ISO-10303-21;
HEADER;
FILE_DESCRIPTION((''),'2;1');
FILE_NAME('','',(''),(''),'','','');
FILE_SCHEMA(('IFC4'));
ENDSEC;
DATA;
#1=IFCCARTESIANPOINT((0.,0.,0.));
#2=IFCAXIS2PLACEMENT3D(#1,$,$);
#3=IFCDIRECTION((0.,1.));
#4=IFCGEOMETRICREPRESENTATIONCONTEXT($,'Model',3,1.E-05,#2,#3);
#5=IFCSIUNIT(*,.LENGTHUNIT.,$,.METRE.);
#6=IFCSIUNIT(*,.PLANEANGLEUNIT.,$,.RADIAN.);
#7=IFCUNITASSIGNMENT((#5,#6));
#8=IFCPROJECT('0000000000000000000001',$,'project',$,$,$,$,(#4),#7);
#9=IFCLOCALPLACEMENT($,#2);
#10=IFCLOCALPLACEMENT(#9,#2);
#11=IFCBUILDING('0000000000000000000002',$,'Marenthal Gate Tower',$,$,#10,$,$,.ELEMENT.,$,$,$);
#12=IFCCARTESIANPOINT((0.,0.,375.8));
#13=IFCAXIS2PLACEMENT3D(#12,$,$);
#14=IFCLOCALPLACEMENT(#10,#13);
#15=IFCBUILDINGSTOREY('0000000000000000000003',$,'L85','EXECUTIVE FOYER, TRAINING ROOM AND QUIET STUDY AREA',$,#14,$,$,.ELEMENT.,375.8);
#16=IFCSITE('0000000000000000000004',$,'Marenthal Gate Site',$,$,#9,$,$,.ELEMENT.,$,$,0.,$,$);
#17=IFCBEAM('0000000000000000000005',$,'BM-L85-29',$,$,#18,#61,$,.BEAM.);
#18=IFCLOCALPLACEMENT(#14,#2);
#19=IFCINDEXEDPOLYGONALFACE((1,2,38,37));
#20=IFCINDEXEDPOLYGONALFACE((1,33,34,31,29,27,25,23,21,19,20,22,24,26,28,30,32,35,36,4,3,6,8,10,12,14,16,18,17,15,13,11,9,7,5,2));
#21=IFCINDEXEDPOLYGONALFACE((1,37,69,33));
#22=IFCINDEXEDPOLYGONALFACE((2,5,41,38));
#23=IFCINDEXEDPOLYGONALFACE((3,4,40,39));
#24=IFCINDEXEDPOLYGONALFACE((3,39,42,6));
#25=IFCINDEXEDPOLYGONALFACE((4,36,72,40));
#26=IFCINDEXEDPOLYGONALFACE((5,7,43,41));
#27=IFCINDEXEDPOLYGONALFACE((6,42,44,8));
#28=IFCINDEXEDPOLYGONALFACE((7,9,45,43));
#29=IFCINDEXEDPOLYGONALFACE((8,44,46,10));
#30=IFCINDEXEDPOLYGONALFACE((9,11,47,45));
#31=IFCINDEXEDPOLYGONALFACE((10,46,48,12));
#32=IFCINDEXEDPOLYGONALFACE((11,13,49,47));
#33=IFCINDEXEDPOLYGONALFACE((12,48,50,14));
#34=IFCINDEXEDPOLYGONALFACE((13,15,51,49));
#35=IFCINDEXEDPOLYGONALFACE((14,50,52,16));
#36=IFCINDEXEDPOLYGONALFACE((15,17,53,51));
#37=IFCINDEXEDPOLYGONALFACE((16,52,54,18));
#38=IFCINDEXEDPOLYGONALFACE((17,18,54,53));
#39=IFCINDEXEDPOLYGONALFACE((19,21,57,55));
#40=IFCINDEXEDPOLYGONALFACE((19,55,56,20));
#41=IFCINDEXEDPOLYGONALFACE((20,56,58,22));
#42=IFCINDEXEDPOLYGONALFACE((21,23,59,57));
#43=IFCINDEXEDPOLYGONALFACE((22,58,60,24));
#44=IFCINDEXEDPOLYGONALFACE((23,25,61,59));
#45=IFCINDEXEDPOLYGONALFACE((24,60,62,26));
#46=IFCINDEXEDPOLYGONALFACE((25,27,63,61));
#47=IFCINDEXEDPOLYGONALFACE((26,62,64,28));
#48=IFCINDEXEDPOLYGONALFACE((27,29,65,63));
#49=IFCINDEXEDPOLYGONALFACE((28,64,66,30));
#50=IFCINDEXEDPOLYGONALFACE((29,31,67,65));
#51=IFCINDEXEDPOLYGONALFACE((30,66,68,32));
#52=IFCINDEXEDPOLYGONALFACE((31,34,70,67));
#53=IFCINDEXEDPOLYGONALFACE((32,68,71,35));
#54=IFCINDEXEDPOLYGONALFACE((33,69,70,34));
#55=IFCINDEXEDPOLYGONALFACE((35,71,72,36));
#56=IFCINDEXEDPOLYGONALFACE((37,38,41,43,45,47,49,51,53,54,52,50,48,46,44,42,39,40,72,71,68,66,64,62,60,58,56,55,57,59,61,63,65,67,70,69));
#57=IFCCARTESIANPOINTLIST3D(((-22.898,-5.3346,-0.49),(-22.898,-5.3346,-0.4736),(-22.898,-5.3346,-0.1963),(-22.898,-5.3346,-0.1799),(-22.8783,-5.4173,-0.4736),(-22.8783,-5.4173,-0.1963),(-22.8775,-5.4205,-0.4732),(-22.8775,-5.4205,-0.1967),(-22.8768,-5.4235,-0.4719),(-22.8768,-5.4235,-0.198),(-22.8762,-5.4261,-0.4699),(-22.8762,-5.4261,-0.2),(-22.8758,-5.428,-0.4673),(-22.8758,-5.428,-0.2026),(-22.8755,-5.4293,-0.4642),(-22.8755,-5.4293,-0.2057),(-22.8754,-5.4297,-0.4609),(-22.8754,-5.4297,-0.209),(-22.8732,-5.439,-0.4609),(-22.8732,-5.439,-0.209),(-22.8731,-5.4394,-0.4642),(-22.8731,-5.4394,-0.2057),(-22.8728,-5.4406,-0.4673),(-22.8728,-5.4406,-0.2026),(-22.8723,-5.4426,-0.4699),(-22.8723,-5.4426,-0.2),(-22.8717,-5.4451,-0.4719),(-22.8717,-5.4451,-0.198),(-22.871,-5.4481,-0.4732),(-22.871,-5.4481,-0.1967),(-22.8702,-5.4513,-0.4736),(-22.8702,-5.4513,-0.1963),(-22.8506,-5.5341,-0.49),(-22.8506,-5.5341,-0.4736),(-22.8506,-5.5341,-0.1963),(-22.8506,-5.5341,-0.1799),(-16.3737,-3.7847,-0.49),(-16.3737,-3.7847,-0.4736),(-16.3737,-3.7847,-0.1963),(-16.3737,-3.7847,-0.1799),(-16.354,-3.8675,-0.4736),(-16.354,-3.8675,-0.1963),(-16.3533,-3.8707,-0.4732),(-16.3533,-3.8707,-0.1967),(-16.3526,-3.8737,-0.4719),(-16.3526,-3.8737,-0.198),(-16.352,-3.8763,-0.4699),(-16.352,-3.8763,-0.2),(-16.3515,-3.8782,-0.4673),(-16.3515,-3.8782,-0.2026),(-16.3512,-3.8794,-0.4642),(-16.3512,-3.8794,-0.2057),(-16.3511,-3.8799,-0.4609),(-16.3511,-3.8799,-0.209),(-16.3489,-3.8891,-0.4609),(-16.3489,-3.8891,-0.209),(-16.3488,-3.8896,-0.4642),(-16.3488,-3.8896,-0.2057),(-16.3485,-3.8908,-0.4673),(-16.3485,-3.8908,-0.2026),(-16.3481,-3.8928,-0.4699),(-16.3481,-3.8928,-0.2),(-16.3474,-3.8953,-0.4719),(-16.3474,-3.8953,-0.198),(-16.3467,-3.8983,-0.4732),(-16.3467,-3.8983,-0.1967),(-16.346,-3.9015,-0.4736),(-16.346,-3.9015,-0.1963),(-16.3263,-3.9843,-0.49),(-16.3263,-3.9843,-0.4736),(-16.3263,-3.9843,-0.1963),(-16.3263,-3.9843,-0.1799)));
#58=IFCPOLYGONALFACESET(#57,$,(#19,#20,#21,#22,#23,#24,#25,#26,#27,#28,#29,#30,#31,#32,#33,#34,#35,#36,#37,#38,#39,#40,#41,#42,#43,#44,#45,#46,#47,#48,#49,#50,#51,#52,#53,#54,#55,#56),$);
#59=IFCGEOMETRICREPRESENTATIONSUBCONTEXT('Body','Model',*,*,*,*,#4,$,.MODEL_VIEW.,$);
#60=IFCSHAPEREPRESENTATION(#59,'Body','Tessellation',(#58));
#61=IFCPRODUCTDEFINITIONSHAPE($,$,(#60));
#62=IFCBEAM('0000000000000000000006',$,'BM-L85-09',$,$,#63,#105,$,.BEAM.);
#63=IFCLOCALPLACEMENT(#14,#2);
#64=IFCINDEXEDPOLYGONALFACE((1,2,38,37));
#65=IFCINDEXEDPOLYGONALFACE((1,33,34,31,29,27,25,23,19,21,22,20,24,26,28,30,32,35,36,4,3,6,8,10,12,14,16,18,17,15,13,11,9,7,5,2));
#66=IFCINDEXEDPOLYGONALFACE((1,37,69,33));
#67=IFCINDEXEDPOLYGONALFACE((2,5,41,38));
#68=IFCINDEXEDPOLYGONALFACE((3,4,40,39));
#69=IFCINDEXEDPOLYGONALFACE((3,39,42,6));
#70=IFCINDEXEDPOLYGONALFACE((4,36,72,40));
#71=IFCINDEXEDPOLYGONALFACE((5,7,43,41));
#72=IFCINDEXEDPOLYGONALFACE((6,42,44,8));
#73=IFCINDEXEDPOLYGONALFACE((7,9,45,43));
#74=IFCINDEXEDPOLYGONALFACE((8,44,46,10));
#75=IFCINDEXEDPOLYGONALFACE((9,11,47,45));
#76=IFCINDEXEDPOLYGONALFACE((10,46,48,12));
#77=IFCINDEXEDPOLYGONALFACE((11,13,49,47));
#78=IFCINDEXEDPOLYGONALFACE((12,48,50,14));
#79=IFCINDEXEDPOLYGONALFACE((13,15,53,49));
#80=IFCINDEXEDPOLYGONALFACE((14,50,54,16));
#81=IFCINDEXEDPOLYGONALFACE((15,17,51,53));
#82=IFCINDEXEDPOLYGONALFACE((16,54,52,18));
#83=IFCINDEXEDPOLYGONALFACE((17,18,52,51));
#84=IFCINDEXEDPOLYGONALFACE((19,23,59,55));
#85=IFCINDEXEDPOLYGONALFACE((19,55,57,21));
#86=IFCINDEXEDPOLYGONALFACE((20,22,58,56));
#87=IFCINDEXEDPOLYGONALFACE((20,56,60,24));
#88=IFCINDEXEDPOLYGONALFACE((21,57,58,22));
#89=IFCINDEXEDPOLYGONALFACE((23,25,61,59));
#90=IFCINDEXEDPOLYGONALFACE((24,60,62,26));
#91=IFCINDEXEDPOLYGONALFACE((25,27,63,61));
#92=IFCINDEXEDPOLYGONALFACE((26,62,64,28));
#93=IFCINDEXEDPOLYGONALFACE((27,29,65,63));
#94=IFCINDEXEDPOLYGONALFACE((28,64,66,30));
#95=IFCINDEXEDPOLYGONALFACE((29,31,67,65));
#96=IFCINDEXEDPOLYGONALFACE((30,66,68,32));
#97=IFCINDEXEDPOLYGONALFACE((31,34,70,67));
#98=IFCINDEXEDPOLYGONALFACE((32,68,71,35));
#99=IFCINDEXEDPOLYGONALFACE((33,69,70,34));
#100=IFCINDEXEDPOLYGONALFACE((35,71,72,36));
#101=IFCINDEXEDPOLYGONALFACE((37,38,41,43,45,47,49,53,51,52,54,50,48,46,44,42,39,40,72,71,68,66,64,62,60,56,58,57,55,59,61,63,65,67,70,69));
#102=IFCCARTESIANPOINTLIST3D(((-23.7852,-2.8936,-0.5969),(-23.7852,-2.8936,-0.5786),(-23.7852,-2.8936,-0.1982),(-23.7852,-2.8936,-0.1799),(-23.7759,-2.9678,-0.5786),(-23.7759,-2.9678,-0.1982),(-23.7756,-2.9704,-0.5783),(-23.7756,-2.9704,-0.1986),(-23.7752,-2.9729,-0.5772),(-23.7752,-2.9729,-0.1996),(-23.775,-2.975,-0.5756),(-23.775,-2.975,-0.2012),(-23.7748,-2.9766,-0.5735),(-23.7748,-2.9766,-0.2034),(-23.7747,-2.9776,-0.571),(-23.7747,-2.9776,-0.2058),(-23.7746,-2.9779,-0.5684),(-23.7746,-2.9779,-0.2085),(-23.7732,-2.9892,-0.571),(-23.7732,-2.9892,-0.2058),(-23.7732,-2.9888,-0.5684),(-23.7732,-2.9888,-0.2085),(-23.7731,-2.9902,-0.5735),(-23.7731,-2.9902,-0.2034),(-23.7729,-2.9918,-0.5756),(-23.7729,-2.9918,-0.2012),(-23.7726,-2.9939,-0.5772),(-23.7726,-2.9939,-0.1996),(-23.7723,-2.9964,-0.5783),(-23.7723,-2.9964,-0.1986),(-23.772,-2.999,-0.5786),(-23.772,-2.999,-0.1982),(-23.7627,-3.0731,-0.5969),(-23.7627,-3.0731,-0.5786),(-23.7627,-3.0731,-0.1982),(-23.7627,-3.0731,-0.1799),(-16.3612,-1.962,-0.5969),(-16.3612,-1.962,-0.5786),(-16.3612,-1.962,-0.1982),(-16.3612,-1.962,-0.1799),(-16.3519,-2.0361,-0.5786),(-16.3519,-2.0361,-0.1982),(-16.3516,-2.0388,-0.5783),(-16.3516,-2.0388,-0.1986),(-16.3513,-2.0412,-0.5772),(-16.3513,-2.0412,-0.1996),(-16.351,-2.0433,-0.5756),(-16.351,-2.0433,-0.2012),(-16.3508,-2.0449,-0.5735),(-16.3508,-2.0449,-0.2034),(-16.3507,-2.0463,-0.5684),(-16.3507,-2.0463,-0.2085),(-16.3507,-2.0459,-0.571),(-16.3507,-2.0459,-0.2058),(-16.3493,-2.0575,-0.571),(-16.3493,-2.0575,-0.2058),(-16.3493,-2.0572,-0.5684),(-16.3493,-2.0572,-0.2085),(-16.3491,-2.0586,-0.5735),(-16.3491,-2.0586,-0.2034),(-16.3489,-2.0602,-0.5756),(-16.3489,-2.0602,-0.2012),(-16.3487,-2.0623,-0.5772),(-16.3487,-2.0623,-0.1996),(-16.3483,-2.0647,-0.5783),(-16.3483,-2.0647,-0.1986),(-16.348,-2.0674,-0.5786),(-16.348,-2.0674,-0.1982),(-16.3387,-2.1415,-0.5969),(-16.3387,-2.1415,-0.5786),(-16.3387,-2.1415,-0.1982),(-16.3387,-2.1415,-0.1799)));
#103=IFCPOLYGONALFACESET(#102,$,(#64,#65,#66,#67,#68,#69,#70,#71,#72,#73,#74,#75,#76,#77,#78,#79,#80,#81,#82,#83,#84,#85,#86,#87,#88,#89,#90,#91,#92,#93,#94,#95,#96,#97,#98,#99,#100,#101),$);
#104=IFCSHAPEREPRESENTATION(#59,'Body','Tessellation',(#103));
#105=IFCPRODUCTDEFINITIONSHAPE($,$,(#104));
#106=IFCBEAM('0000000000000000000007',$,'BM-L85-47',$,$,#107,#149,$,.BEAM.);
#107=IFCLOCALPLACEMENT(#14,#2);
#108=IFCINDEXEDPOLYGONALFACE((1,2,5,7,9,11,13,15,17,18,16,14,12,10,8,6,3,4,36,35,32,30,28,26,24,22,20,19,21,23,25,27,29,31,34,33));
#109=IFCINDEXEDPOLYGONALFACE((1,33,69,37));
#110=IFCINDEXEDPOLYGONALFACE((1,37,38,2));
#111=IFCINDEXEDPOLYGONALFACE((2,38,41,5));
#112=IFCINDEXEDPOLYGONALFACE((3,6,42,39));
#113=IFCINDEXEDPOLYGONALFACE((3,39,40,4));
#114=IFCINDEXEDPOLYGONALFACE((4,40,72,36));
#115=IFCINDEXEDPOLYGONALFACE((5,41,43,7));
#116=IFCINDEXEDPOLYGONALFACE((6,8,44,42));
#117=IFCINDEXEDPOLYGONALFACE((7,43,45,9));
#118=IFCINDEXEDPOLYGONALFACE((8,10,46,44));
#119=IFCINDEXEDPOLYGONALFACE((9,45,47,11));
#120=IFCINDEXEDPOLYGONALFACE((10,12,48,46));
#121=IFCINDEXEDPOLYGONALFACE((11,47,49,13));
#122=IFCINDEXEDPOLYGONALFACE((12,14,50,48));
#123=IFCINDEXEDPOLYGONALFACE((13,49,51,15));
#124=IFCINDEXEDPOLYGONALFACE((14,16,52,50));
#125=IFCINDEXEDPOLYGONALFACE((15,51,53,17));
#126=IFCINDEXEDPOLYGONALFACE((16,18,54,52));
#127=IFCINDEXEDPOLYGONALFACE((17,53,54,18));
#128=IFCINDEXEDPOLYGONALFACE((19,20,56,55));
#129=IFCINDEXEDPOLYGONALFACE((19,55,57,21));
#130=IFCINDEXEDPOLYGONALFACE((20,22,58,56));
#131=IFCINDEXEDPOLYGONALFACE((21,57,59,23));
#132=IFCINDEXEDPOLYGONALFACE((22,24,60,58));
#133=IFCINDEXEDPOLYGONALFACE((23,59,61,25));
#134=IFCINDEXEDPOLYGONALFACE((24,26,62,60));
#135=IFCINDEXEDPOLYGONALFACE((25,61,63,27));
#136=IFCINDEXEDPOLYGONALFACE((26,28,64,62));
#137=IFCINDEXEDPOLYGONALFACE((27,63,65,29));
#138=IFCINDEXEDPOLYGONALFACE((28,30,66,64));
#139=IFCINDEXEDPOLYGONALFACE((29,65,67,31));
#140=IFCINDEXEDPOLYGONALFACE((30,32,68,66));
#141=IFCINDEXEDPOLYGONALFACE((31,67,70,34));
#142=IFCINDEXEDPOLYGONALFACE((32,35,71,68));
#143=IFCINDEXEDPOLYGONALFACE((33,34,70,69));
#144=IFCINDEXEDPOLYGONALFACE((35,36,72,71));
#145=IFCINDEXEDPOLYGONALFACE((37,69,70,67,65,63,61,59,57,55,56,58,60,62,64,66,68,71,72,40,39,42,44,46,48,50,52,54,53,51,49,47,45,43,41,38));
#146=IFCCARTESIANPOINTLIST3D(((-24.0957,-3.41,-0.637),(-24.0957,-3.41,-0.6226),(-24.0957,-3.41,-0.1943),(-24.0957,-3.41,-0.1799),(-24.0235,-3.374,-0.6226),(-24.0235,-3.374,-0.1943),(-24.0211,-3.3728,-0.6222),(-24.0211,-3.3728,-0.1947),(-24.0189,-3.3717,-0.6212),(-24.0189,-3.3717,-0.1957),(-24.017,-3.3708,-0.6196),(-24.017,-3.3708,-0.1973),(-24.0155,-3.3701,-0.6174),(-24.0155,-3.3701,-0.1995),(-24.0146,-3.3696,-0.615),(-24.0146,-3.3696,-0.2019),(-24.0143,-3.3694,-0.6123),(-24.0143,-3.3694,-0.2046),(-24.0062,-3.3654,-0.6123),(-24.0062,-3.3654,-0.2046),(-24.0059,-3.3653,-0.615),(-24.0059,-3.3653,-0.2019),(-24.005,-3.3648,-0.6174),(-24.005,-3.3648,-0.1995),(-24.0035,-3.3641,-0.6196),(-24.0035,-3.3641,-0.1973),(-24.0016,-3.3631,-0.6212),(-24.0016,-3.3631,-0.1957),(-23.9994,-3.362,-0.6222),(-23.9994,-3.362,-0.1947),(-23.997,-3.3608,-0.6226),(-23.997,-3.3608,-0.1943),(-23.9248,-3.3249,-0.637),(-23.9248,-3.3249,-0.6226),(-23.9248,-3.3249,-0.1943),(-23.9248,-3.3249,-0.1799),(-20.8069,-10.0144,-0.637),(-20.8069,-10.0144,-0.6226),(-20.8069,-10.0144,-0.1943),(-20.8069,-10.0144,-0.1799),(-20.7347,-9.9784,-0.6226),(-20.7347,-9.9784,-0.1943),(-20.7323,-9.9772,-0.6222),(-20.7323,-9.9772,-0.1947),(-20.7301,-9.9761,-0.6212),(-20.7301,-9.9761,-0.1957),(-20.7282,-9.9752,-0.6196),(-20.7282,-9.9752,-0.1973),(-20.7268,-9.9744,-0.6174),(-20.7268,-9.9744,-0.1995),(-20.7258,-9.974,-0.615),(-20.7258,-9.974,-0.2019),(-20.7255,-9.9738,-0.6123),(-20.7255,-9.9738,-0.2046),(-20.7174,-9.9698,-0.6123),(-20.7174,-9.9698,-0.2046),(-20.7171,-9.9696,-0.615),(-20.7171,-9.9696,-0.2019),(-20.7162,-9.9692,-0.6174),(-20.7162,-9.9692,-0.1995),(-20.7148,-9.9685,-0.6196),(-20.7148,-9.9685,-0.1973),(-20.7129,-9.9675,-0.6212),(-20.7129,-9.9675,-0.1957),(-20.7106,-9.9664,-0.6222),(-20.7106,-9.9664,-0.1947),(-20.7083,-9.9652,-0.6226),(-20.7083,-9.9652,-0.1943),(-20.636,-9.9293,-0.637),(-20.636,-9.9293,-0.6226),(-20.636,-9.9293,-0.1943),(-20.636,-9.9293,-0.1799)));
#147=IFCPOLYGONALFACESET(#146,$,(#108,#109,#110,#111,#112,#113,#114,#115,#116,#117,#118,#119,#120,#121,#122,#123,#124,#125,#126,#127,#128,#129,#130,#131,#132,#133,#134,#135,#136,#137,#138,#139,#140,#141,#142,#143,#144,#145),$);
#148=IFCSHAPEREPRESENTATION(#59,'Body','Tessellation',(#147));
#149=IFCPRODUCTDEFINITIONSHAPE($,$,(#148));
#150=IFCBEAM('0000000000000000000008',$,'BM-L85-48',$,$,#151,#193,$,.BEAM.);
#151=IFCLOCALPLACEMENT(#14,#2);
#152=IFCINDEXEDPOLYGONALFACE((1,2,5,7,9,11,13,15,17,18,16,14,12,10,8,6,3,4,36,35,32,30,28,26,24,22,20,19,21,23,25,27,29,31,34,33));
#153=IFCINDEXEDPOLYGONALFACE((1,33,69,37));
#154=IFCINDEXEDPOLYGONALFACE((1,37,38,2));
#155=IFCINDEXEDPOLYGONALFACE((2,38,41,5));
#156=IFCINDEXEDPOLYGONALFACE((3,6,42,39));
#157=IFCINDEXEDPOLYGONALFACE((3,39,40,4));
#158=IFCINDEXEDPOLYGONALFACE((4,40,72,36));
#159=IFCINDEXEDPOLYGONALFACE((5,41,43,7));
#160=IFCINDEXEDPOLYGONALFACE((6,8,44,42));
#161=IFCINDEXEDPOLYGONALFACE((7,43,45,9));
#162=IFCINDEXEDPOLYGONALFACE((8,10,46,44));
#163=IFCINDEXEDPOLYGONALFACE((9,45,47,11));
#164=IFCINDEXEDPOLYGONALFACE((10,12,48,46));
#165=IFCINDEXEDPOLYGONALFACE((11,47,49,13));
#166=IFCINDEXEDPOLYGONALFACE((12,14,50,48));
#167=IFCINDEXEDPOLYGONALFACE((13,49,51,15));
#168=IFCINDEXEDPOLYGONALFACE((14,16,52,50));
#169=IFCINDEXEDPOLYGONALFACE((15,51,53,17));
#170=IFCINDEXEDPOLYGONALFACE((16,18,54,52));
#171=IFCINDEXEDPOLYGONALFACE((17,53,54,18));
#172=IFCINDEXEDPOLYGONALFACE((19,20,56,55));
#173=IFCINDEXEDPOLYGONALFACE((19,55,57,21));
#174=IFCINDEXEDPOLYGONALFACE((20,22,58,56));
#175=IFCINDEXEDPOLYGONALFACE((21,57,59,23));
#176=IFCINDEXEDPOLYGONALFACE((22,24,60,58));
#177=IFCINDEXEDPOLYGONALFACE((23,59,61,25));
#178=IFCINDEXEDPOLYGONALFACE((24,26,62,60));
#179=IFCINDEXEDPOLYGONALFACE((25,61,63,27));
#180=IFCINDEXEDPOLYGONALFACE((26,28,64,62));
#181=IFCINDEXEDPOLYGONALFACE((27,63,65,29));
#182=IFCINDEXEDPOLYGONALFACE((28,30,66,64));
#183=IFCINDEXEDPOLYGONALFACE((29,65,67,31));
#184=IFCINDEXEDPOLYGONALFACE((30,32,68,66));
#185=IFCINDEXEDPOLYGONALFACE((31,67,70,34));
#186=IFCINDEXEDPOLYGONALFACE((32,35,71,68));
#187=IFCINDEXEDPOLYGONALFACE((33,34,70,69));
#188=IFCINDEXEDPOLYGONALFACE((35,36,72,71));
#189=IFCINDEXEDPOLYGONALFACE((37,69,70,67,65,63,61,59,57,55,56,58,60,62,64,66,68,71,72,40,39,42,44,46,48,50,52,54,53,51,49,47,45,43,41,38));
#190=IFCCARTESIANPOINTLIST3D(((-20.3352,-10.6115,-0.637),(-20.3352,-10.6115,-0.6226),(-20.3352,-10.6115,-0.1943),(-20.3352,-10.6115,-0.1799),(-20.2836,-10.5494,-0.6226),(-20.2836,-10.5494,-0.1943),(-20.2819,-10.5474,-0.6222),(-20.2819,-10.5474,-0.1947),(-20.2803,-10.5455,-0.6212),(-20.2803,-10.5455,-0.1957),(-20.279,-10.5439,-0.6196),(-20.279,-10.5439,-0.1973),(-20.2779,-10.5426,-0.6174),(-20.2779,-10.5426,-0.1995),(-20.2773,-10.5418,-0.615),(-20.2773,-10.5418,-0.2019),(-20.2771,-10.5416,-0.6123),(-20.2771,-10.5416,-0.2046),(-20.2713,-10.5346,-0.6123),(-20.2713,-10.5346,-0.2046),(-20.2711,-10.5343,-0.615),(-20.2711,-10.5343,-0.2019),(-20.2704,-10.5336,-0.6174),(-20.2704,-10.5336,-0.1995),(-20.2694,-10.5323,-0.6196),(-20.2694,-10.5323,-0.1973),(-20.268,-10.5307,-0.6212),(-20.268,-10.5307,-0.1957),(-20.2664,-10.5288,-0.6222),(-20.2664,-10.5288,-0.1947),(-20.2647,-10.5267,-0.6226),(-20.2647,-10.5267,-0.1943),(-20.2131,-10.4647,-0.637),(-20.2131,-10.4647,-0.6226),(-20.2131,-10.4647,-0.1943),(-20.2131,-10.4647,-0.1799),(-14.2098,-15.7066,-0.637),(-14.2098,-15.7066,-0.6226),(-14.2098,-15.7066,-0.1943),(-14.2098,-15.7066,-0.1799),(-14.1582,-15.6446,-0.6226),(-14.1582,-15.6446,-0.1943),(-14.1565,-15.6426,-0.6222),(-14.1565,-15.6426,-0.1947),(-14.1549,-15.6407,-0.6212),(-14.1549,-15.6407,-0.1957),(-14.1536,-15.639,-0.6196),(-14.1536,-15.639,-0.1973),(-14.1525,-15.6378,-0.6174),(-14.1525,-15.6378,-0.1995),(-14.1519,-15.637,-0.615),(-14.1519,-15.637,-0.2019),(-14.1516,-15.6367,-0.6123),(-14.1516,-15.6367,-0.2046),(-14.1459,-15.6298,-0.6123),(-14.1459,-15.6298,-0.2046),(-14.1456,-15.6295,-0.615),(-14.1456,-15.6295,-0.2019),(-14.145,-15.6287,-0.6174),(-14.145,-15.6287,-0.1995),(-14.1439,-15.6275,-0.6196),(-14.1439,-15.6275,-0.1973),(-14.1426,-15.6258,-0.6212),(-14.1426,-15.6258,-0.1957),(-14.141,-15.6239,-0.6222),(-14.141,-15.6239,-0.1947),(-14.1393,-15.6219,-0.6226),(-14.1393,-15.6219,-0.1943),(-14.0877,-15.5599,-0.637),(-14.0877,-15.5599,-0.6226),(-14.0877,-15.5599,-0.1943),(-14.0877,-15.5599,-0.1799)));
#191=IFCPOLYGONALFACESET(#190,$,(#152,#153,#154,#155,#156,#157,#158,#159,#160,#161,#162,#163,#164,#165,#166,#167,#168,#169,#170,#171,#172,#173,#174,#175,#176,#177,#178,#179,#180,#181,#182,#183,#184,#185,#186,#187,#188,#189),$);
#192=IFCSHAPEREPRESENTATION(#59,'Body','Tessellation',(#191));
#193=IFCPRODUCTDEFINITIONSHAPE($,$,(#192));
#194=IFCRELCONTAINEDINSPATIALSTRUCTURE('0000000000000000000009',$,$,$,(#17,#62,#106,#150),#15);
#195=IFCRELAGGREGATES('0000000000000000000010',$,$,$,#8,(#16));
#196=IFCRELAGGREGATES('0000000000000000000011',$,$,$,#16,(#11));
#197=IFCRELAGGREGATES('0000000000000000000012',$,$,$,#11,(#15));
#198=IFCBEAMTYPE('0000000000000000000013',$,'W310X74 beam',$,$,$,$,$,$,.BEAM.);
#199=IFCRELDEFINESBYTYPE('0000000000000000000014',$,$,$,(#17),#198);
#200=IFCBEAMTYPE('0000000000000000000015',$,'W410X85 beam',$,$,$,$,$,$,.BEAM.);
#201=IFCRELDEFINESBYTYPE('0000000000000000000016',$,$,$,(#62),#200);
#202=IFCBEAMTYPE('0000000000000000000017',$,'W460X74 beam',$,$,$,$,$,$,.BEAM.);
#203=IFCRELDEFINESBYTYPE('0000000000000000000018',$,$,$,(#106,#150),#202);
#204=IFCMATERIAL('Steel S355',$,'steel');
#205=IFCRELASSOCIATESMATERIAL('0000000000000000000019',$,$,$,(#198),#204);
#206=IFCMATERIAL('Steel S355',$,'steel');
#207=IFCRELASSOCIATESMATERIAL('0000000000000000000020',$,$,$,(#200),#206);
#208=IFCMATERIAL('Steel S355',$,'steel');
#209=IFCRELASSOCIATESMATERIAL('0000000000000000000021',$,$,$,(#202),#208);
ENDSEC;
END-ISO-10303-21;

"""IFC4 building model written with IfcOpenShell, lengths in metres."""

from ifc_helpers import new_model, si_unit, direction, frame, origin, origin_2d, place, context, subcontext, project, spatial, i_section, extrude, material, material_profile, profile_set, type_object, element, save


model = new_model("IFC4")

# Units and contexts
model_context = context("Model", 3, precision=1e-05, world=origin(), true_north=direction((0.0, 1.0)))
body_context = subcontext(model_context, "Body", "Model", "MODEL_VIEW")
ifc_project = project(units=[si_unit("LENGTHUNIT", "METRE"), si_unit("PLANEANGLEUNIT", "RADIAN")], contexts=[model_context])

# Site, building, storey
site_placement = place(None, origin())
site = spatial("IfcSite", under=ifc_project, at=site_placement, Name="Marenthal Gate Site", CompositionType="ELEMENT", RefElevation=0.0)
building_placement = place(site_placement, origin())
building = spatial("IfcBuilding", under=site, at=building_placement, Name="Marenthal Gate Tower", CompositionType="ELEMENT")
storey_placement = place(building_placement, frame((0.0, 0.0, 375.8)))
storey = spatial("IfcBuildingStorey", under=building, at=storey_placement, Name="L85", Description="EXECUTIVE FOYER, TRAINING ROOM AND QUIET STUDY AREA", CompositionType="ELEMENT", Elevation=375.8)

# Beams
ifc_material_1 = material(Name="Steel S355", Category="steel")
ifc_material_profile_1 = material_profile(ifc_material_1, i_section(OverallWidth=0.2051, OverallDepth=0.3101, WebThickness=0.0095, FlangeThickness=0.0164, FilletRadius=0.0127, at=origin_2d()), Name="W310X74")
ifc_profile_set_1 = profile_set([ifc_material_profile_1], Name="Steel S355")
beam_type_1 = type_object("IfcBeamType", Name="W310X74 beam", PredefinedType="BEAM", material=ifc_profile_set_1)
beam_1_placement = place(storey_placement, frame((-22.8743, -5.4343, -0.335), z_axis=(0.972926, 0.231117, 0.0), x_axis=(-0.231117, 0.972926, 0.0)))
element("IfcBeam", 1, at=beam_1_placement, inside=storey, type_object=beam_type_1, Name="BM-L85-29", PredefinedType="BEAM", context=body_context, shape_type="SweptSolid", body=[
    extrude(i_section(OverallWidth=0.2051, OverallDepth=0.3101, WebThickness=0.0095, FlangeThickness=0.0164, FilletRadius=0.0127, at=origin_2d()), origin(), (0.0, 0.0, 1.0), 6.7058),
])
ifc_material_2 = material(Name="Steel S355", Category="steel")
ifc_material_profile_2 = material_profile(ifc_material_2, i_section(OverallWidth=0.1809, OverallDepth=0.417, WebThickness=0.011, FlangeThickness=0.0183, FilletRadius=0.0103, at=origin_2d()), Name="W410X85")
ifc_profile_set_2 = profile_set([ifc_material_profile_2], Name="Steel S355")
beam_type_2 = type_object("IfcBeamType", Name="W410X85 beam", PredefinedType="BEAM", material=ifc_profile_set_2)
beam_2_placement = place(storey_placement, frame((-23.7739, -2.9834, -0.3884), z_axis=(0.992218, 0.124517, 0.0), x_axis=(-0.124517, 0.992218, 0.0)))
element("IfcBeam", 2, at=beam_2_placement, inside=storey, type_object=beam_type_2, Name="BM-L85-09", PredefinedType="BEAM", context=body_context, shape_type="SweptSolid", body=[
    extrude(i_section(OverallWidth=0.1809, OverallDepth=0.417, WebThickness=0.011, FlangeThickness=0.0183, FilletRadius=0.0103, at=origin_2d()), origin(), (0.0, 0.0, 1.0), 7.4822),
])
ifc_material_3 = material(Name="Steel S355", Category="steel")
ifc_material_profile_3 = material_profile(ifc_material_3, i_section(OverallWidth=0.1909, OverallDepth=0.457, WebThickness=0.009, FlangeThickness=0.0144, FilletRadius=0.0103, at=origin_2d()), Name="W460X74")
ifc_profile_set_3 = profile_set([ifc_material_profile_3], Name="Steel S355")
beam_type_3 = type_object("IfcBeamType", Name="W460X74 beam", PredefinedType="BEAM", material=ifc_profile_set_3)
beam_3_placement = place(storey_placement, frame((-24.0103, -3.3674, -0.4084), z_axis=(0.445757, -0.895154, 0.0), x_axis=(0.895154, 0.445757, 0.0)))
element("IfcBeam", 3, at=beam_3_placement, inside=storey, type_object=beam_type_3, Name="BM-L85-47", PredefinedType="BEAM", context=body_context, shape_type="SweptSolid", body=[
    extrude(i_section(OverallWidth=0.1909, OverallDepth=0.457, WebThickness=0.009, FlangeThickness=0.0144, FilletRadius=0.0103, at=origin_2d()), origin(), (0.0, 0.0, 1.0), 7.3779),
])
beam_4_placement = place(storey_placement, frame((-20.2742, -10.5381, -0.4084), z_axis=(0.768799, -0.639491, 0.0), x_axis=(0.639491, 0.768799, 0.0)))
element("IfcBeam", 4, at=beam_4_placement, inside=storey, type_object=beam_type_3, Name="BM-L85-48", PredefinedType="BEAM", context=body_context, shape_type="SweptSolid", body=[
    extrude(i_section(OverallWidth=0.1909, OverallDepth=0.457, WebThickness=0.009, FlangeThickness=0.0144, FilletRadius=0.0103, at=origin_2d()), origin(), (0.0, 0.0, 1.0), 7.9675),
])

save(model, "model.ifc")
